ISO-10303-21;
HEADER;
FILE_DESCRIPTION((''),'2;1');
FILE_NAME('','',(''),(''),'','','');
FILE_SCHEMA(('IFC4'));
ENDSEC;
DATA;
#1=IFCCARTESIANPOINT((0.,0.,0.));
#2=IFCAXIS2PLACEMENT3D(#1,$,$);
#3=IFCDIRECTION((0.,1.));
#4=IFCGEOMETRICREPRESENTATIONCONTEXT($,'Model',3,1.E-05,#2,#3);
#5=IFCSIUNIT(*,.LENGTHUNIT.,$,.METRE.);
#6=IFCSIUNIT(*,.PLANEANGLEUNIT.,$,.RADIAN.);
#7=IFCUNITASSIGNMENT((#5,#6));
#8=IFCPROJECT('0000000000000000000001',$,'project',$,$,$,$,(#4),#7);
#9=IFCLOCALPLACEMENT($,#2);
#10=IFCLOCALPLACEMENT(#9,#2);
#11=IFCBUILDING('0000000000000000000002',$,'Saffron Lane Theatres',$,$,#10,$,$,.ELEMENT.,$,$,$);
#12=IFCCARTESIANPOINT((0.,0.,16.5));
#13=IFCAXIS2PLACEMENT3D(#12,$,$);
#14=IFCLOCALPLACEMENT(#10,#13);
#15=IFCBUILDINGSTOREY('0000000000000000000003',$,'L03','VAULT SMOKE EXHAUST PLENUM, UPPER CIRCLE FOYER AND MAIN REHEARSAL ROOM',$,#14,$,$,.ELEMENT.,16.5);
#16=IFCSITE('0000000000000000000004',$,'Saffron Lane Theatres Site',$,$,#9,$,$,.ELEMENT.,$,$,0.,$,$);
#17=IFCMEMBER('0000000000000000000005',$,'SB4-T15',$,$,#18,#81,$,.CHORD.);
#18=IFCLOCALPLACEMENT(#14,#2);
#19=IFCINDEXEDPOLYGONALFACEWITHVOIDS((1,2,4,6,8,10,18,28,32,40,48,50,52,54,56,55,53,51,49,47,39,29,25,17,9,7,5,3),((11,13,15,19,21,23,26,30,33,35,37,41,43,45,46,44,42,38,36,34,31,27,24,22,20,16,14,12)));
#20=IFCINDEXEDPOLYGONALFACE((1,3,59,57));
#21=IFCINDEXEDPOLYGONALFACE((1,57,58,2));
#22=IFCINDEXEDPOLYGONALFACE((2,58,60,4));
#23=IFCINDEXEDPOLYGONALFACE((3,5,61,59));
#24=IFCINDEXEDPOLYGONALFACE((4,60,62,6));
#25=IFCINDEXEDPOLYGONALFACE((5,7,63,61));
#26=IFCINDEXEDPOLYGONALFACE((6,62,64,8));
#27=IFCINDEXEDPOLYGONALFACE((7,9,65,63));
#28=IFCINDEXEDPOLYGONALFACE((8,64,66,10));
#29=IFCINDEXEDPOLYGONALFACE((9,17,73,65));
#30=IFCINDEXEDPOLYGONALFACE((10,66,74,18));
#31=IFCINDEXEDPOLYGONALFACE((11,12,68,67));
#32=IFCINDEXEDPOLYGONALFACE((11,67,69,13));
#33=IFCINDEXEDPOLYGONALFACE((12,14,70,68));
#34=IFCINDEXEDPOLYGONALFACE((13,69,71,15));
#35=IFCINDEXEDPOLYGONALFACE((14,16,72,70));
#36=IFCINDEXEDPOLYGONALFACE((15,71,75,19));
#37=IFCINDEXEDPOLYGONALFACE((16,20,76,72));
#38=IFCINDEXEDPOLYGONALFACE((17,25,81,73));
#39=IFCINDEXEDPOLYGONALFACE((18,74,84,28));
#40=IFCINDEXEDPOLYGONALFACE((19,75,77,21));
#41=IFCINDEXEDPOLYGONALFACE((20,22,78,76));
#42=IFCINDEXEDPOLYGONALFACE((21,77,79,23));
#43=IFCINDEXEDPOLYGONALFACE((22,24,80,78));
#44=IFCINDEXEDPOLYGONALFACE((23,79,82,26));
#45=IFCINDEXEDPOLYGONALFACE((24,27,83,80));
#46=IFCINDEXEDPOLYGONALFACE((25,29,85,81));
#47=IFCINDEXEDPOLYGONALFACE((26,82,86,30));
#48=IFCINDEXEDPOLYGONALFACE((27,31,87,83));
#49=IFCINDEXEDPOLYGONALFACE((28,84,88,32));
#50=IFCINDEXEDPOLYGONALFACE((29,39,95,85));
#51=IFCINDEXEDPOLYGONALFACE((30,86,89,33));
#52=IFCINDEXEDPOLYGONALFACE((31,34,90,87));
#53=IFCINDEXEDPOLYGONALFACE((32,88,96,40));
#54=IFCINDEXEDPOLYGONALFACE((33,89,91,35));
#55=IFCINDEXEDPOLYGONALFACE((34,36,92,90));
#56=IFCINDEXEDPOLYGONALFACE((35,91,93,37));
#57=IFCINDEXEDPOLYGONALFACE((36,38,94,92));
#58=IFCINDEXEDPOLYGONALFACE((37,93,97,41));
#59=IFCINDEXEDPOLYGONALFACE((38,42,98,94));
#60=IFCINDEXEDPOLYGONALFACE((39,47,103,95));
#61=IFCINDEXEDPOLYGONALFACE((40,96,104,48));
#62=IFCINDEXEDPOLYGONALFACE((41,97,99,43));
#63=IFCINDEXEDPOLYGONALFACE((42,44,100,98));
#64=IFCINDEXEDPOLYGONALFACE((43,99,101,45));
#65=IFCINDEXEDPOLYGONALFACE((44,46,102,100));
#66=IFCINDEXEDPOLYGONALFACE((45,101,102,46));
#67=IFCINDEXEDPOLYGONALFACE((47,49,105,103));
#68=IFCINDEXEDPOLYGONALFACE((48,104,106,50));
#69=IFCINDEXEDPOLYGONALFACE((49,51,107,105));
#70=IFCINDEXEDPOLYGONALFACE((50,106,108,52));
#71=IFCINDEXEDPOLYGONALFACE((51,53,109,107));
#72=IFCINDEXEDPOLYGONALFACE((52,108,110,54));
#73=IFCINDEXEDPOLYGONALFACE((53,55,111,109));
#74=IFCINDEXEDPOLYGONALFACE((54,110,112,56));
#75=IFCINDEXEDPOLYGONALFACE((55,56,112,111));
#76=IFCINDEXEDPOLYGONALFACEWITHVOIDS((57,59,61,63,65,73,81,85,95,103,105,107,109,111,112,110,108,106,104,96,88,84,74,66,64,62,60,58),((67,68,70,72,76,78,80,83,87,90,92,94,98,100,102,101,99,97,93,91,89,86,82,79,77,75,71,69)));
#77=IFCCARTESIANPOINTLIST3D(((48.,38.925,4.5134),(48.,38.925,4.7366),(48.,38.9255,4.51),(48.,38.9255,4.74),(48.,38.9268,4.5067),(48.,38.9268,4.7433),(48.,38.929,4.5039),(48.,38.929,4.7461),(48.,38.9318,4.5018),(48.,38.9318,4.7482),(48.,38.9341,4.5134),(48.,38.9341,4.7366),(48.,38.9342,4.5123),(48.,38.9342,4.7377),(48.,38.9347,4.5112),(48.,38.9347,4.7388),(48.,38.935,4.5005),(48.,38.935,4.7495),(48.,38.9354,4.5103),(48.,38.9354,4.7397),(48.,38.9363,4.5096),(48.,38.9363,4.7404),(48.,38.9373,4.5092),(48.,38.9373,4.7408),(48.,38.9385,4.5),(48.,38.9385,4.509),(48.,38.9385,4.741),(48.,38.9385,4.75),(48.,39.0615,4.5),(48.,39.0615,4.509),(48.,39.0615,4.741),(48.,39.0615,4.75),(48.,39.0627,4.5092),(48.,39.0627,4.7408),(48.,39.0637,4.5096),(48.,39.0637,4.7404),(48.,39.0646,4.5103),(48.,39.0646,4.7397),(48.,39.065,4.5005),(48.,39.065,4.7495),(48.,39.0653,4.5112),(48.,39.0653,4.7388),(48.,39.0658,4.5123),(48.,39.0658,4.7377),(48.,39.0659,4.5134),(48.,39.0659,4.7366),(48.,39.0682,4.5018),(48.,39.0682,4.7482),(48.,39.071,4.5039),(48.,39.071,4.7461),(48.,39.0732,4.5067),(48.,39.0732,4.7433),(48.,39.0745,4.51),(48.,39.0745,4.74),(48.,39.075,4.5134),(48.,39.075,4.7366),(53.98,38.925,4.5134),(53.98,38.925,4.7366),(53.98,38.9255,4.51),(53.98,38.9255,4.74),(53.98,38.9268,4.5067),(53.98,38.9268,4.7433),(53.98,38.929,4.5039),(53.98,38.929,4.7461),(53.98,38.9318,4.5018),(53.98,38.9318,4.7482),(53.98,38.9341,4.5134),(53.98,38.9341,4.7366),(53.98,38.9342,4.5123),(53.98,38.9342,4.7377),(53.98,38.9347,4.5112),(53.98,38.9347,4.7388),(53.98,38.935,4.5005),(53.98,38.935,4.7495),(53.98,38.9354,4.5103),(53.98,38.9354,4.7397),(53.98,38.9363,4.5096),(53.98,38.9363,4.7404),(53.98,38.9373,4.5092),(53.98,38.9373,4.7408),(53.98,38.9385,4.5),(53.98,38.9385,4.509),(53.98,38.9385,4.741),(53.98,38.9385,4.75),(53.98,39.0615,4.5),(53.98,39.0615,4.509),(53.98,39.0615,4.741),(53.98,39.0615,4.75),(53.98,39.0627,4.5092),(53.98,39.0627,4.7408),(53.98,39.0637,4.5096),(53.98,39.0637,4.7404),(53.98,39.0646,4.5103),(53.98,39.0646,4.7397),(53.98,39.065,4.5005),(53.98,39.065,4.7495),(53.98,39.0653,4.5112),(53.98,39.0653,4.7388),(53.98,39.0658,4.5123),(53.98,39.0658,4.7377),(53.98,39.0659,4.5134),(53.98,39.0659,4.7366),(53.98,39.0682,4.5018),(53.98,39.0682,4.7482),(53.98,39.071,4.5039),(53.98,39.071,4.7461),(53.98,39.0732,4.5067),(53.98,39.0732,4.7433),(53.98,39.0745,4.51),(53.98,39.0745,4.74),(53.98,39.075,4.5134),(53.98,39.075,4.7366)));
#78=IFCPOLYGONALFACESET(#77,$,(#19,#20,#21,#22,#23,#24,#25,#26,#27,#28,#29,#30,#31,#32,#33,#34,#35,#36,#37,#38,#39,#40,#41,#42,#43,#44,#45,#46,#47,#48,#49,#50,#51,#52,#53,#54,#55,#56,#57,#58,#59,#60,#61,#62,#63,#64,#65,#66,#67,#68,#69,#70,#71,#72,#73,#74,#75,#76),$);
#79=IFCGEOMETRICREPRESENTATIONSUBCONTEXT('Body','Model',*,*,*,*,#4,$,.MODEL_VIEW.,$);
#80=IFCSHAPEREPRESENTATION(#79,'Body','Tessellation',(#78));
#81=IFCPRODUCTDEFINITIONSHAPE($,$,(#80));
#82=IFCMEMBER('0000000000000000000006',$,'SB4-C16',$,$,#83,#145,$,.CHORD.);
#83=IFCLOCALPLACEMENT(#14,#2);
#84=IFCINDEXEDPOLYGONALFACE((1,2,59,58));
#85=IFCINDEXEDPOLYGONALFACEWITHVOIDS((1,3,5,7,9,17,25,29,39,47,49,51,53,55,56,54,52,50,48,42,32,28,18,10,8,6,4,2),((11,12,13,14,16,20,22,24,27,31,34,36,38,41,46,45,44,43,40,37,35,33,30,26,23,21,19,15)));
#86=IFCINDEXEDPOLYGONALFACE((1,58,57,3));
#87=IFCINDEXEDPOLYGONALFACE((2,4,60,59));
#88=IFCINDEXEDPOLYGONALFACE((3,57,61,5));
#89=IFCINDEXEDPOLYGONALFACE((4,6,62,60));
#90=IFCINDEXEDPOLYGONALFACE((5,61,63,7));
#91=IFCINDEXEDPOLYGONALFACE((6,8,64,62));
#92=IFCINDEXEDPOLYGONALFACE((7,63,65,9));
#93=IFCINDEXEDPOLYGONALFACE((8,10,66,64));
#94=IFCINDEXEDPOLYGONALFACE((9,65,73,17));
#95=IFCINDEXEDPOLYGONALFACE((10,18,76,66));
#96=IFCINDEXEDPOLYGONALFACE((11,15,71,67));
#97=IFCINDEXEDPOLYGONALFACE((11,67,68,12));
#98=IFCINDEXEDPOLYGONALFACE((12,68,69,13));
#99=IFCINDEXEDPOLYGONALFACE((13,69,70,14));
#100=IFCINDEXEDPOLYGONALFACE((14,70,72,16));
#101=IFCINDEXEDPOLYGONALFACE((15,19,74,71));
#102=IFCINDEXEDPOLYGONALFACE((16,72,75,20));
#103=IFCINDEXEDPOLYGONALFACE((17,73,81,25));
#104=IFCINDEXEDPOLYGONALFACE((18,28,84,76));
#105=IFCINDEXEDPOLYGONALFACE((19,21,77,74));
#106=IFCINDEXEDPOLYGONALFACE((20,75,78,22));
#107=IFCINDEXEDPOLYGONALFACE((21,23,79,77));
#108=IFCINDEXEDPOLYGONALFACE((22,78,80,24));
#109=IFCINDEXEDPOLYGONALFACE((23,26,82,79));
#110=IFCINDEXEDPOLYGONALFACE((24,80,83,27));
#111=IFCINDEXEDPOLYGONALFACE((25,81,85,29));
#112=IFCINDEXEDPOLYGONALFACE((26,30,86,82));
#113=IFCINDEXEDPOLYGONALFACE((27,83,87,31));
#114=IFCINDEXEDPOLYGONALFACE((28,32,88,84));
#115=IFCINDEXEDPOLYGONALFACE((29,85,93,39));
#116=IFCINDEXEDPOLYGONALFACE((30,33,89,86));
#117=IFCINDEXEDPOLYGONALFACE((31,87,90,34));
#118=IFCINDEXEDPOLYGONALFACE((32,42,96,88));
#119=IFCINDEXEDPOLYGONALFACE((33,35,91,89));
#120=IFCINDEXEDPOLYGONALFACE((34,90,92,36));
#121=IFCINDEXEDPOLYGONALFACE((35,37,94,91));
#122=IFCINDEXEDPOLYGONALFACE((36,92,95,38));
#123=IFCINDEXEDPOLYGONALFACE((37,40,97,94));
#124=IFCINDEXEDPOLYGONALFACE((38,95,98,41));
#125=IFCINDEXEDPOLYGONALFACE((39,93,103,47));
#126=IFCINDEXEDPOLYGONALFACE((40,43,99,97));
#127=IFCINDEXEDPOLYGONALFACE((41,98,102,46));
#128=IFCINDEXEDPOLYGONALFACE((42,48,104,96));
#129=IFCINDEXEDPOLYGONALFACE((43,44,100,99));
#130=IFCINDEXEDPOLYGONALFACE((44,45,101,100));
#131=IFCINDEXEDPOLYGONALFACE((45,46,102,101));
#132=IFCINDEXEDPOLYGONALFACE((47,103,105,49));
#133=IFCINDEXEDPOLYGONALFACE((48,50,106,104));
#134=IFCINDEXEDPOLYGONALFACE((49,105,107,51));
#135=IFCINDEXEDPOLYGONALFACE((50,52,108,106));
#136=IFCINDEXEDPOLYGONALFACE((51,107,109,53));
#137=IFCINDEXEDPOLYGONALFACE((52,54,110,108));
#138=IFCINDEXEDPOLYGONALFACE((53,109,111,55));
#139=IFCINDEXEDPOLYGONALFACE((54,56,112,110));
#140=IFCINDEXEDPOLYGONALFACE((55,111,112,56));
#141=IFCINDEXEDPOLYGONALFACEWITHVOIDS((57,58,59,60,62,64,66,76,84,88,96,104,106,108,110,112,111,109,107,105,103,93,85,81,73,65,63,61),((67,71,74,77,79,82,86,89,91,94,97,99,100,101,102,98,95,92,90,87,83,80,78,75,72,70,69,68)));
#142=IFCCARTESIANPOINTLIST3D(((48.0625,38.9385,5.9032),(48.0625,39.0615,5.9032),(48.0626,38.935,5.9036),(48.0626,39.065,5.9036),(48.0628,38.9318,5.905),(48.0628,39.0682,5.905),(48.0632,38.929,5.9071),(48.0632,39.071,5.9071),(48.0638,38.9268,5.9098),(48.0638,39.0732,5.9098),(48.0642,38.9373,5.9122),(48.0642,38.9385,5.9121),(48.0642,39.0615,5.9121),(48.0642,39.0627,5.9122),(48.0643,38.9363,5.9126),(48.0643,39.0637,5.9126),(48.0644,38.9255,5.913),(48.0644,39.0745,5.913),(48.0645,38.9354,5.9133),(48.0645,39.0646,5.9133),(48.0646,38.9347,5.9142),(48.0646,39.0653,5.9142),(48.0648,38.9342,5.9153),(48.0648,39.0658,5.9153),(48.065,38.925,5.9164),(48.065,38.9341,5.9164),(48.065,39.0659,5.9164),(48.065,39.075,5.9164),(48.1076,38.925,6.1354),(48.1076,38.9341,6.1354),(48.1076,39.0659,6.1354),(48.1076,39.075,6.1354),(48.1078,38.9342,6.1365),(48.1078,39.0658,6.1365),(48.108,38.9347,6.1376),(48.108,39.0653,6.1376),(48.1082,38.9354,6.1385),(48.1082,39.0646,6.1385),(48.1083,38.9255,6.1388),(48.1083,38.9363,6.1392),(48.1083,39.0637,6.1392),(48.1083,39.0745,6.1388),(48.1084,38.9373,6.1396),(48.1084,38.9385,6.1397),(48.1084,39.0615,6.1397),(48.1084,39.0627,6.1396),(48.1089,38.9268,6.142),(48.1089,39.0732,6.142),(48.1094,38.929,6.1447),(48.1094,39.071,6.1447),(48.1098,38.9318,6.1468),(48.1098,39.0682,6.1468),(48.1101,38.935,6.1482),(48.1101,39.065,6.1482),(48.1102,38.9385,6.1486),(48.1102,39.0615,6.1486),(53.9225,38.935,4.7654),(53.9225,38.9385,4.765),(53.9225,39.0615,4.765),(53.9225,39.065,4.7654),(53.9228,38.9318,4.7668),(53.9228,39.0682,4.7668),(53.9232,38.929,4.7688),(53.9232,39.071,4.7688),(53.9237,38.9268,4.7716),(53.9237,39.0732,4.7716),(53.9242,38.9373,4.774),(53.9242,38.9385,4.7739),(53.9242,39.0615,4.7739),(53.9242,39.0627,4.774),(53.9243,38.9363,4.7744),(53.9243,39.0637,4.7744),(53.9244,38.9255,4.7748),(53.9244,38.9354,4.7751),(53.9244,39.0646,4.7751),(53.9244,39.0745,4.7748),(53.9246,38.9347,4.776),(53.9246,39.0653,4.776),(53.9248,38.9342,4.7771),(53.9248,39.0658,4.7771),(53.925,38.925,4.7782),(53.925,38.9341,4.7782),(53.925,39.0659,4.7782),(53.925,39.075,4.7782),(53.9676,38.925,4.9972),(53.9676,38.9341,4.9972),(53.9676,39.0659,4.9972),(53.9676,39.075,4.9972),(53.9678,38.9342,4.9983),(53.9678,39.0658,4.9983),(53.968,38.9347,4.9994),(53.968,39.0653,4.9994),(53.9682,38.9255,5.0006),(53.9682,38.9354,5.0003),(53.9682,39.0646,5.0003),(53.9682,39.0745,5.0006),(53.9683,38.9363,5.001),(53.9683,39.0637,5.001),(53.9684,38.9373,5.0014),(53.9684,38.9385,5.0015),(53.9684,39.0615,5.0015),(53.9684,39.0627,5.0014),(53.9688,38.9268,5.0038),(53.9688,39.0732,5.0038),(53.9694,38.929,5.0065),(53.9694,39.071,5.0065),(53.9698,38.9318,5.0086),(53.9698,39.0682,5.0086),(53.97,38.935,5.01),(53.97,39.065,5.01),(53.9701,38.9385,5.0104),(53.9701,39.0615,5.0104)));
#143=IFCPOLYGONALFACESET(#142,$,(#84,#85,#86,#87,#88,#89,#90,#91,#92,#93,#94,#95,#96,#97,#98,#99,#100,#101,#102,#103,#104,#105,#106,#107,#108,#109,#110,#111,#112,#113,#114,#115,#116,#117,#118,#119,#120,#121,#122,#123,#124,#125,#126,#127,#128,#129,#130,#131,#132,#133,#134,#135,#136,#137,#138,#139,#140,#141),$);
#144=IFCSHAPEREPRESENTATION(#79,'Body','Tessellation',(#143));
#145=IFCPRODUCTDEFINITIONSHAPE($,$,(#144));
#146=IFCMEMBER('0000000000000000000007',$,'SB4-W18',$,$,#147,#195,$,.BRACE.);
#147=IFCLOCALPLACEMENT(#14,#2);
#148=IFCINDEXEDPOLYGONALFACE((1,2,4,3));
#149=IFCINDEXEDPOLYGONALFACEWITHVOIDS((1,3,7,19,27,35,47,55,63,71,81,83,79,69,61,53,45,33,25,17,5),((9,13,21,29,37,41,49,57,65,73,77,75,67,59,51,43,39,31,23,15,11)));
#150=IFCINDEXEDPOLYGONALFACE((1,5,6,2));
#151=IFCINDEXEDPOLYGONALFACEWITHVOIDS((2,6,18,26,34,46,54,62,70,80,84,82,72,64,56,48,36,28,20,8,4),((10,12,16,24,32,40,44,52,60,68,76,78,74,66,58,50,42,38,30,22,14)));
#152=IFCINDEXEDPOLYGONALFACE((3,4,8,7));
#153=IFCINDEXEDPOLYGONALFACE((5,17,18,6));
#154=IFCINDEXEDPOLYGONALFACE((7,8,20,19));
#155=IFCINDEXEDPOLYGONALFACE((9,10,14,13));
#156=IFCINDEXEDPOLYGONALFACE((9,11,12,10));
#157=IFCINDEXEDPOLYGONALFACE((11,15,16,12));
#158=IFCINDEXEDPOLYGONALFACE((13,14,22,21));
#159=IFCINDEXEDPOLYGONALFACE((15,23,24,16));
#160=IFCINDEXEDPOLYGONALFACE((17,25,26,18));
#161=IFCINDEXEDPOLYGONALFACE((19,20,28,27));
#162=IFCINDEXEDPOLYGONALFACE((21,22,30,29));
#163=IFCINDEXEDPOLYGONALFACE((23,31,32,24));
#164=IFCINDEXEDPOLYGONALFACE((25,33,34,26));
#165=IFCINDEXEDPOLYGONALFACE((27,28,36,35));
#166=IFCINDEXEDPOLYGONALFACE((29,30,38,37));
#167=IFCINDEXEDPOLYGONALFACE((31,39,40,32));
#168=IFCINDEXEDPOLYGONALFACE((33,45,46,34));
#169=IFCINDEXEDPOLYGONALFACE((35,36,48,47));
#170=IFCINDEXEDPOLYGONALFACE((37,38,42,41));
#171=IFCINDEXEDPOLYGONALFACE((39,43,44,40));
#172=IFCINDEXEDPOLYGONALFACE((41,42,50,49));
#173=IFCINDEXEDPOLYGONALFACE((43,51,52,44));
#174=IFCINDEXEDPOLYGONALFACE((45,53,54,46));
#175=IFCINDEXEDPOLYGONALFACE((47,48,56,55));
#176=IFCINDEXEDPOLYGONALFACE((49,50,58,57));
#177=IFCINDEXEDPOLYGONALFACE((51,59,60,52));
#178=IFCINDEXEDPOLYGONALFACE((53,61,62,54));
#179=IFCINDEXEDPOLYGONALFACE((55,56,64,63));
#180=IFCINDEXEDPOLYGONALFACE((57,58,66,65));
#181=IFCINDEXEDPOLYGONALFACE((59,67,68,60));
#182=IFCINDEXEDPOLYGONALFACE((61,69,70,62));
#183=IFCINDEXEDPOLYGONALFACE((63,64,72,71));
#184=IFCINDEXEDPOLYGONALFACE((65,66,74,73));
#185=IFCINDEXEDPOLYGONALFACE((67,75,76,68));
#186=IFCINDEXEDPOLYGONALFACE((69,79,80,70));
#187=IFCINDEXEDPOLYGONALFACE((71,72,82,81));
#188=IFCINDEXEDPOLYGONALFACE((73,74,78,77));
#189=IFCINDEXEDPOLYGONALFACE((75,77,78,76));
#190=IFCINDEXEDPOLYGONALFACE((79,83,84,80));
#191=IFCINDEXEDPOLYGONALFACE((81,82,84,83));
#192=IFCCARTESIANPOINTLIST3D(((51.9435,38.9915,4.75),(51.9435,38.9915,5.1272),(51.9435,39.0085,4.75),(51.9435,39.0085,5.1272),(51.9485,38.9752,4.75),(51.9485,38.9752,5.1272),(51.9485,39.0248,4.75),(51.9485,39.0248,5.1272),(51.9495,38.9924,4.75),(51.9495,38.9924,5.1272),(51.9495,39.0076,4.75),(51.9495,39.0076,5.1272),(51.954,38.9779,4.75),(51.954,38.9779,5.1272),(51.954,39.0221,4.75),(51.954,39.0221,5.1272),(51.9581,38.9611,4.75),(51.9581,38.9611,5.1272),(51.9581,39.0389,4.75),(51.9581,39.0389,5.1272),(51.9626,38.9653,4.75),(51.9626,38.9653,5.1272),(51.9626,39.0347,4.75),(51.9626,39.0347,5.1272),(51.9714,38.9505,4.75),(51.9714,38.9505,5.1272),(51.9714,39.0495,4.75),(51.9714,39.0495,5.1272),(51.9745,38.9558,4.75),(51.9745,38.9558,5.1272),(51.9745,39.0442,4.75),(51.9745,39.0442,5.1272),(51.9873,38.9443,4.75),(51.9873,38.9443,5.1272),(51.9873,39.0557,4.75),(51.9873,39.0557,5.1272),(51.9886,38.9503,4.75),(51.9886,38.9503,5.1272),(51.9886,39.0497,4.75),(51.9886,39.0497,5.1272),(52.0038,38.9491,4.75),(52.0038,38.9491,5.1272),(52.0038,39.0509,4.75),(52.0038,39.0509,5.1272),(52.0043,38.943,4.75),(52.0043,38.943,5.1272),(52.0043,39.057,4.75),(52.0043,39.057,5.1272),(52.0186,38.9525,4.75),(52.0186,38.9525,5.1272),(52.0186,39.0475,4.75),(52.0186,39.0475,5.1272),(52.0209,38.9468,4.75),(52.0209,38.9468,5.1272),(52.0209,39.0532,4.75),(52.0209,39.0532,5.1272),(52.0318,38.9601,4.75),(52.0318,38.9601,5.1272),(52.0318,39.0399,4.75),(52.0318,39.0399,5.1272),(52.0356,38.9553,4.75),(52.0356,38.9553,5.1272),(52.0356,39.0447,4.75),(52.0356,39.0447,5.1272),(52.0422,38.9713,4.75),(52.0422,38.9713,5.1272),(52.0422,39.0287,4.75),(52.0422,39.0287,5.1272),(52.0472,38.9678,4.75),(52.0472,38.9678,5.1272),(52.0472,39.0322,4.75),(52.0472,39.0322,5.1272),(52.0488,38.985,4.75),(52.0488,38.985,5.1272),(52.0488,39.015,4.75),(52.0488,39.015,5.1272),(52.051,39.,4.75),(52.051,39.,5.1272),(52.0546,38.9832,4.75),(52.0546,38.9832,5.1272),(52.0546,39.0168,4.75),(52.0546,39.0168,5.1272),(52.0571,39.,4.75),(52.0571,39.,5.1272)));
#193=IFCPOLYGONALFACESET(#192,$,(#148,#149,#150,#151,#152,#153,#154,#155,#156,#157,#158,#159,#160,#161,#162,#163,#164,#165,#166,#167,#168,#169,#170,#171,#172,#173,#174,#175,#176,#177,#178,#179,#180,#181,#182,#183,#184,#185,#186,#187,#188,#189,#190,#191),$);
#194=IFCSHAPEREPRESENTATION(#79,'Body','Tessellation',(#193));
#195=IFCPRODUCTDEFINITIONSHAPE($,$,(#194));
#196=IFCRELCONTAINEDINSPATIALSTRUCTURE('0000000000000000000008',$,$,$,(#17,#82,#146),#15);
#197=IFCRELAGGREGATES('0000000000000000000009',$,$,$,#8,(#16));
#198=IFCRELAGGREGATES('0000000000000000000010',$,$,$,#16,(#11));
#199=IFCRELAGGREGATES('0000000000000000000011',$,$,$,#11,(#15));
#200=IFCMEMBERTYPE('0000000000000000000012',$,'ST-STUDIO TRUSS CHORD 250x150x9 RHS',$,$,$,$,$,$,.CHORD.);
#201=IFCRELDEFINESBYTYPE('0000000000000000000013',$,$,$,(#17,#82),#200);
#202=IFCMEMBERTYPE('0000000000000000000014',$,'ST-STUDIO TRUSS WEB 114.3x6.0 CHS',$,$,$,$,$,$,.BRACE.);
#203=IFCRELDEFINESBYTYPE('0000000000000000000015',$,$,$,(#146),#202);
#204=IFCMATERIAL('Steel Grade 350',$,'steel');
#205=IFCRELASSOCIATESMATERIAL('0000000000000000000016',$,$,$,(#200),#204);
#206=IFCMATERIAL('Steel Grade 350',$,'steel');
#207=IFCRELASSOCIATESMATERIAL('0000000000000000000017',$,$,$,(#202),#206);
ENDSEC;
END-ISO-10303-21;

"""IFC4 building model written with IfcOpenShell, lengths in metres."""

from ifc_helpers import new_model, si_unit, direction, frame, origin, origin_2d, place, context, subcontext, project, spatial, hollow_rectangle, hollow_circle, extrude, material, material_profile, profile_set, type_object, element, save


model = new_model("IFC4")

# Units and contexts
model_context = context("Model", 3, precision=1e-05, world=origin(), true_north=direction((0.0, 1.0)))
body_context = subcontext(model_context, "Body", "Model", "MODEL_VIEW")
ifc_project = project(units=[si_unit("LENGTHUNIT", "METRE"), si_unit("PLANEANGLEUNIT", "RADIAN")], contexts=[model_context])

# Site, building, storey
site_placement = place(None, origin())
site = spatial("IfcSite", under=ifc_project, at=site_placement, Name="Saffron Lane Theatres Site", CompositionType="ELEMENT", RefElevation=0.0)
building_placement = place(site_placement, origin())
building = spatial("IfcBuilding", under=site, at=building_placement, Name="Saffron Lane Theatres", CompositionType="ELEMENT")
storey_placement = place(building_placement, frame((0.0, 0.0, 16.5)))
storey = spatial("IfcBuildingStorey", under=building, at=storey_placement, Name="L03", Description="VAULT SMOKE EXHAUST PLENUM, UPPER CIRCLE FOYER AND MAIN REHEARSAL ROOM", CompositionType="ELEMENT", Elevation=16.5)

# Members
ifc_material_1 = material(Name="Steel Grade 350", Category="steel")
ifc_material_profile_1 = material_profile(ifc_material_1, hollow_rectangle(XDim=0.1499, YDim=0.25, WallThickness=0.009, InnerFilletRadius=0.0044, OuterFilletRadius=0.0134, at=origin_2d()))
ifc_profile_set_1 = profile_set([ifc_material_profile_1], Name="Steel Grade 350")
member_type_1 = type_object("IfcMemberType", Name="ST-STUDIO TRUSS CHORD 250x150x9 RHS", PredefinedType="CHORD", material=ifc_profile_set_1)
member_1_placement = place(storey_placement, frame((53.98, 39.0, 4.625), z_axis=(-1.0, 0.0, 0.0), x_axis=(0.0, -1.0, 0.0)))
element("IfcMember", 1, at=member_1_placement, inside=storey, type_object=member_type_1, Name="SB4-T15", PredefinedType="CHORD", context=body_context, shape_type="SweptSolid", body=[
    extrude(hollow_rectangle(XDim=0.1499, YDim=0.25, WallThickness=0.009, InnerFilletRadius=0.0044, OuterFilletRadius=0.0134, at=origin_2d()), origin(), (0.0, 0.0, 1.0), 5.98),
])
member_2_placement = place(storey_placement, frame((53.9463, 39.0, 4.8877), z_axis=(-0.981654, 0.0, 0.19067), x_axis=(0.0, -1.0, 0.0)))
element("IfcMember", 2, at=member_2_placement, inside=storey, type_object=member_type_1, Name="SB4-C16", PredefinedType="CHORD", context=body_context, shape_type="SweptSolid", body=[
    extrude(hollow_rectangle(XDim=0.1499, YDim=0.25, WallThickness=0.009, InnerFilletRadius=0.0044, OuterFilletRadius=0.0134, at=origin_2d()), origin(), (0.0, 0.0, 1.0), 5.9695),
])
ifc_material_2 = material(Name="Steel Grade 350", Category="steel")
ifc_material_profile_2 = material_profile(ifc_material_2, hollow_circle(Radius=0.0571, WallThickness=0.0061, at=origin_2d()))
ifc_profile_set_2 = profile_set([ifc_material_profile_2], Name="Steel Grade 350")
member_type_2 = type_object("IfcMemberType", Name="ST-STUDIO TRUSS WEB 114.3x6.0 CHS", PredefinedType="BRACE", material=ifc_profile_set_2)
member_3_placement = place(storey_placement, frame((52.0, 39.0, 4.75), z_axis=(0.0, 0.0, 1.0), x_axis=(1.0, 0.0, 0.0)))
element("IfcMember", 3, at=member_3_placement, inside=storey, type_object=member_type_2, Name="SB4-W18", PredefinedType="BRACE", context=body_context, shape_type="SweptSolid", body=[
    extrude(hollow_circle(Radius=0.0571, WallThickness=0.0061, at=origin_2d()), origin(), (0.0, 0.0, 1.0), 0.3772),
])

save(model, "model.ifc")
